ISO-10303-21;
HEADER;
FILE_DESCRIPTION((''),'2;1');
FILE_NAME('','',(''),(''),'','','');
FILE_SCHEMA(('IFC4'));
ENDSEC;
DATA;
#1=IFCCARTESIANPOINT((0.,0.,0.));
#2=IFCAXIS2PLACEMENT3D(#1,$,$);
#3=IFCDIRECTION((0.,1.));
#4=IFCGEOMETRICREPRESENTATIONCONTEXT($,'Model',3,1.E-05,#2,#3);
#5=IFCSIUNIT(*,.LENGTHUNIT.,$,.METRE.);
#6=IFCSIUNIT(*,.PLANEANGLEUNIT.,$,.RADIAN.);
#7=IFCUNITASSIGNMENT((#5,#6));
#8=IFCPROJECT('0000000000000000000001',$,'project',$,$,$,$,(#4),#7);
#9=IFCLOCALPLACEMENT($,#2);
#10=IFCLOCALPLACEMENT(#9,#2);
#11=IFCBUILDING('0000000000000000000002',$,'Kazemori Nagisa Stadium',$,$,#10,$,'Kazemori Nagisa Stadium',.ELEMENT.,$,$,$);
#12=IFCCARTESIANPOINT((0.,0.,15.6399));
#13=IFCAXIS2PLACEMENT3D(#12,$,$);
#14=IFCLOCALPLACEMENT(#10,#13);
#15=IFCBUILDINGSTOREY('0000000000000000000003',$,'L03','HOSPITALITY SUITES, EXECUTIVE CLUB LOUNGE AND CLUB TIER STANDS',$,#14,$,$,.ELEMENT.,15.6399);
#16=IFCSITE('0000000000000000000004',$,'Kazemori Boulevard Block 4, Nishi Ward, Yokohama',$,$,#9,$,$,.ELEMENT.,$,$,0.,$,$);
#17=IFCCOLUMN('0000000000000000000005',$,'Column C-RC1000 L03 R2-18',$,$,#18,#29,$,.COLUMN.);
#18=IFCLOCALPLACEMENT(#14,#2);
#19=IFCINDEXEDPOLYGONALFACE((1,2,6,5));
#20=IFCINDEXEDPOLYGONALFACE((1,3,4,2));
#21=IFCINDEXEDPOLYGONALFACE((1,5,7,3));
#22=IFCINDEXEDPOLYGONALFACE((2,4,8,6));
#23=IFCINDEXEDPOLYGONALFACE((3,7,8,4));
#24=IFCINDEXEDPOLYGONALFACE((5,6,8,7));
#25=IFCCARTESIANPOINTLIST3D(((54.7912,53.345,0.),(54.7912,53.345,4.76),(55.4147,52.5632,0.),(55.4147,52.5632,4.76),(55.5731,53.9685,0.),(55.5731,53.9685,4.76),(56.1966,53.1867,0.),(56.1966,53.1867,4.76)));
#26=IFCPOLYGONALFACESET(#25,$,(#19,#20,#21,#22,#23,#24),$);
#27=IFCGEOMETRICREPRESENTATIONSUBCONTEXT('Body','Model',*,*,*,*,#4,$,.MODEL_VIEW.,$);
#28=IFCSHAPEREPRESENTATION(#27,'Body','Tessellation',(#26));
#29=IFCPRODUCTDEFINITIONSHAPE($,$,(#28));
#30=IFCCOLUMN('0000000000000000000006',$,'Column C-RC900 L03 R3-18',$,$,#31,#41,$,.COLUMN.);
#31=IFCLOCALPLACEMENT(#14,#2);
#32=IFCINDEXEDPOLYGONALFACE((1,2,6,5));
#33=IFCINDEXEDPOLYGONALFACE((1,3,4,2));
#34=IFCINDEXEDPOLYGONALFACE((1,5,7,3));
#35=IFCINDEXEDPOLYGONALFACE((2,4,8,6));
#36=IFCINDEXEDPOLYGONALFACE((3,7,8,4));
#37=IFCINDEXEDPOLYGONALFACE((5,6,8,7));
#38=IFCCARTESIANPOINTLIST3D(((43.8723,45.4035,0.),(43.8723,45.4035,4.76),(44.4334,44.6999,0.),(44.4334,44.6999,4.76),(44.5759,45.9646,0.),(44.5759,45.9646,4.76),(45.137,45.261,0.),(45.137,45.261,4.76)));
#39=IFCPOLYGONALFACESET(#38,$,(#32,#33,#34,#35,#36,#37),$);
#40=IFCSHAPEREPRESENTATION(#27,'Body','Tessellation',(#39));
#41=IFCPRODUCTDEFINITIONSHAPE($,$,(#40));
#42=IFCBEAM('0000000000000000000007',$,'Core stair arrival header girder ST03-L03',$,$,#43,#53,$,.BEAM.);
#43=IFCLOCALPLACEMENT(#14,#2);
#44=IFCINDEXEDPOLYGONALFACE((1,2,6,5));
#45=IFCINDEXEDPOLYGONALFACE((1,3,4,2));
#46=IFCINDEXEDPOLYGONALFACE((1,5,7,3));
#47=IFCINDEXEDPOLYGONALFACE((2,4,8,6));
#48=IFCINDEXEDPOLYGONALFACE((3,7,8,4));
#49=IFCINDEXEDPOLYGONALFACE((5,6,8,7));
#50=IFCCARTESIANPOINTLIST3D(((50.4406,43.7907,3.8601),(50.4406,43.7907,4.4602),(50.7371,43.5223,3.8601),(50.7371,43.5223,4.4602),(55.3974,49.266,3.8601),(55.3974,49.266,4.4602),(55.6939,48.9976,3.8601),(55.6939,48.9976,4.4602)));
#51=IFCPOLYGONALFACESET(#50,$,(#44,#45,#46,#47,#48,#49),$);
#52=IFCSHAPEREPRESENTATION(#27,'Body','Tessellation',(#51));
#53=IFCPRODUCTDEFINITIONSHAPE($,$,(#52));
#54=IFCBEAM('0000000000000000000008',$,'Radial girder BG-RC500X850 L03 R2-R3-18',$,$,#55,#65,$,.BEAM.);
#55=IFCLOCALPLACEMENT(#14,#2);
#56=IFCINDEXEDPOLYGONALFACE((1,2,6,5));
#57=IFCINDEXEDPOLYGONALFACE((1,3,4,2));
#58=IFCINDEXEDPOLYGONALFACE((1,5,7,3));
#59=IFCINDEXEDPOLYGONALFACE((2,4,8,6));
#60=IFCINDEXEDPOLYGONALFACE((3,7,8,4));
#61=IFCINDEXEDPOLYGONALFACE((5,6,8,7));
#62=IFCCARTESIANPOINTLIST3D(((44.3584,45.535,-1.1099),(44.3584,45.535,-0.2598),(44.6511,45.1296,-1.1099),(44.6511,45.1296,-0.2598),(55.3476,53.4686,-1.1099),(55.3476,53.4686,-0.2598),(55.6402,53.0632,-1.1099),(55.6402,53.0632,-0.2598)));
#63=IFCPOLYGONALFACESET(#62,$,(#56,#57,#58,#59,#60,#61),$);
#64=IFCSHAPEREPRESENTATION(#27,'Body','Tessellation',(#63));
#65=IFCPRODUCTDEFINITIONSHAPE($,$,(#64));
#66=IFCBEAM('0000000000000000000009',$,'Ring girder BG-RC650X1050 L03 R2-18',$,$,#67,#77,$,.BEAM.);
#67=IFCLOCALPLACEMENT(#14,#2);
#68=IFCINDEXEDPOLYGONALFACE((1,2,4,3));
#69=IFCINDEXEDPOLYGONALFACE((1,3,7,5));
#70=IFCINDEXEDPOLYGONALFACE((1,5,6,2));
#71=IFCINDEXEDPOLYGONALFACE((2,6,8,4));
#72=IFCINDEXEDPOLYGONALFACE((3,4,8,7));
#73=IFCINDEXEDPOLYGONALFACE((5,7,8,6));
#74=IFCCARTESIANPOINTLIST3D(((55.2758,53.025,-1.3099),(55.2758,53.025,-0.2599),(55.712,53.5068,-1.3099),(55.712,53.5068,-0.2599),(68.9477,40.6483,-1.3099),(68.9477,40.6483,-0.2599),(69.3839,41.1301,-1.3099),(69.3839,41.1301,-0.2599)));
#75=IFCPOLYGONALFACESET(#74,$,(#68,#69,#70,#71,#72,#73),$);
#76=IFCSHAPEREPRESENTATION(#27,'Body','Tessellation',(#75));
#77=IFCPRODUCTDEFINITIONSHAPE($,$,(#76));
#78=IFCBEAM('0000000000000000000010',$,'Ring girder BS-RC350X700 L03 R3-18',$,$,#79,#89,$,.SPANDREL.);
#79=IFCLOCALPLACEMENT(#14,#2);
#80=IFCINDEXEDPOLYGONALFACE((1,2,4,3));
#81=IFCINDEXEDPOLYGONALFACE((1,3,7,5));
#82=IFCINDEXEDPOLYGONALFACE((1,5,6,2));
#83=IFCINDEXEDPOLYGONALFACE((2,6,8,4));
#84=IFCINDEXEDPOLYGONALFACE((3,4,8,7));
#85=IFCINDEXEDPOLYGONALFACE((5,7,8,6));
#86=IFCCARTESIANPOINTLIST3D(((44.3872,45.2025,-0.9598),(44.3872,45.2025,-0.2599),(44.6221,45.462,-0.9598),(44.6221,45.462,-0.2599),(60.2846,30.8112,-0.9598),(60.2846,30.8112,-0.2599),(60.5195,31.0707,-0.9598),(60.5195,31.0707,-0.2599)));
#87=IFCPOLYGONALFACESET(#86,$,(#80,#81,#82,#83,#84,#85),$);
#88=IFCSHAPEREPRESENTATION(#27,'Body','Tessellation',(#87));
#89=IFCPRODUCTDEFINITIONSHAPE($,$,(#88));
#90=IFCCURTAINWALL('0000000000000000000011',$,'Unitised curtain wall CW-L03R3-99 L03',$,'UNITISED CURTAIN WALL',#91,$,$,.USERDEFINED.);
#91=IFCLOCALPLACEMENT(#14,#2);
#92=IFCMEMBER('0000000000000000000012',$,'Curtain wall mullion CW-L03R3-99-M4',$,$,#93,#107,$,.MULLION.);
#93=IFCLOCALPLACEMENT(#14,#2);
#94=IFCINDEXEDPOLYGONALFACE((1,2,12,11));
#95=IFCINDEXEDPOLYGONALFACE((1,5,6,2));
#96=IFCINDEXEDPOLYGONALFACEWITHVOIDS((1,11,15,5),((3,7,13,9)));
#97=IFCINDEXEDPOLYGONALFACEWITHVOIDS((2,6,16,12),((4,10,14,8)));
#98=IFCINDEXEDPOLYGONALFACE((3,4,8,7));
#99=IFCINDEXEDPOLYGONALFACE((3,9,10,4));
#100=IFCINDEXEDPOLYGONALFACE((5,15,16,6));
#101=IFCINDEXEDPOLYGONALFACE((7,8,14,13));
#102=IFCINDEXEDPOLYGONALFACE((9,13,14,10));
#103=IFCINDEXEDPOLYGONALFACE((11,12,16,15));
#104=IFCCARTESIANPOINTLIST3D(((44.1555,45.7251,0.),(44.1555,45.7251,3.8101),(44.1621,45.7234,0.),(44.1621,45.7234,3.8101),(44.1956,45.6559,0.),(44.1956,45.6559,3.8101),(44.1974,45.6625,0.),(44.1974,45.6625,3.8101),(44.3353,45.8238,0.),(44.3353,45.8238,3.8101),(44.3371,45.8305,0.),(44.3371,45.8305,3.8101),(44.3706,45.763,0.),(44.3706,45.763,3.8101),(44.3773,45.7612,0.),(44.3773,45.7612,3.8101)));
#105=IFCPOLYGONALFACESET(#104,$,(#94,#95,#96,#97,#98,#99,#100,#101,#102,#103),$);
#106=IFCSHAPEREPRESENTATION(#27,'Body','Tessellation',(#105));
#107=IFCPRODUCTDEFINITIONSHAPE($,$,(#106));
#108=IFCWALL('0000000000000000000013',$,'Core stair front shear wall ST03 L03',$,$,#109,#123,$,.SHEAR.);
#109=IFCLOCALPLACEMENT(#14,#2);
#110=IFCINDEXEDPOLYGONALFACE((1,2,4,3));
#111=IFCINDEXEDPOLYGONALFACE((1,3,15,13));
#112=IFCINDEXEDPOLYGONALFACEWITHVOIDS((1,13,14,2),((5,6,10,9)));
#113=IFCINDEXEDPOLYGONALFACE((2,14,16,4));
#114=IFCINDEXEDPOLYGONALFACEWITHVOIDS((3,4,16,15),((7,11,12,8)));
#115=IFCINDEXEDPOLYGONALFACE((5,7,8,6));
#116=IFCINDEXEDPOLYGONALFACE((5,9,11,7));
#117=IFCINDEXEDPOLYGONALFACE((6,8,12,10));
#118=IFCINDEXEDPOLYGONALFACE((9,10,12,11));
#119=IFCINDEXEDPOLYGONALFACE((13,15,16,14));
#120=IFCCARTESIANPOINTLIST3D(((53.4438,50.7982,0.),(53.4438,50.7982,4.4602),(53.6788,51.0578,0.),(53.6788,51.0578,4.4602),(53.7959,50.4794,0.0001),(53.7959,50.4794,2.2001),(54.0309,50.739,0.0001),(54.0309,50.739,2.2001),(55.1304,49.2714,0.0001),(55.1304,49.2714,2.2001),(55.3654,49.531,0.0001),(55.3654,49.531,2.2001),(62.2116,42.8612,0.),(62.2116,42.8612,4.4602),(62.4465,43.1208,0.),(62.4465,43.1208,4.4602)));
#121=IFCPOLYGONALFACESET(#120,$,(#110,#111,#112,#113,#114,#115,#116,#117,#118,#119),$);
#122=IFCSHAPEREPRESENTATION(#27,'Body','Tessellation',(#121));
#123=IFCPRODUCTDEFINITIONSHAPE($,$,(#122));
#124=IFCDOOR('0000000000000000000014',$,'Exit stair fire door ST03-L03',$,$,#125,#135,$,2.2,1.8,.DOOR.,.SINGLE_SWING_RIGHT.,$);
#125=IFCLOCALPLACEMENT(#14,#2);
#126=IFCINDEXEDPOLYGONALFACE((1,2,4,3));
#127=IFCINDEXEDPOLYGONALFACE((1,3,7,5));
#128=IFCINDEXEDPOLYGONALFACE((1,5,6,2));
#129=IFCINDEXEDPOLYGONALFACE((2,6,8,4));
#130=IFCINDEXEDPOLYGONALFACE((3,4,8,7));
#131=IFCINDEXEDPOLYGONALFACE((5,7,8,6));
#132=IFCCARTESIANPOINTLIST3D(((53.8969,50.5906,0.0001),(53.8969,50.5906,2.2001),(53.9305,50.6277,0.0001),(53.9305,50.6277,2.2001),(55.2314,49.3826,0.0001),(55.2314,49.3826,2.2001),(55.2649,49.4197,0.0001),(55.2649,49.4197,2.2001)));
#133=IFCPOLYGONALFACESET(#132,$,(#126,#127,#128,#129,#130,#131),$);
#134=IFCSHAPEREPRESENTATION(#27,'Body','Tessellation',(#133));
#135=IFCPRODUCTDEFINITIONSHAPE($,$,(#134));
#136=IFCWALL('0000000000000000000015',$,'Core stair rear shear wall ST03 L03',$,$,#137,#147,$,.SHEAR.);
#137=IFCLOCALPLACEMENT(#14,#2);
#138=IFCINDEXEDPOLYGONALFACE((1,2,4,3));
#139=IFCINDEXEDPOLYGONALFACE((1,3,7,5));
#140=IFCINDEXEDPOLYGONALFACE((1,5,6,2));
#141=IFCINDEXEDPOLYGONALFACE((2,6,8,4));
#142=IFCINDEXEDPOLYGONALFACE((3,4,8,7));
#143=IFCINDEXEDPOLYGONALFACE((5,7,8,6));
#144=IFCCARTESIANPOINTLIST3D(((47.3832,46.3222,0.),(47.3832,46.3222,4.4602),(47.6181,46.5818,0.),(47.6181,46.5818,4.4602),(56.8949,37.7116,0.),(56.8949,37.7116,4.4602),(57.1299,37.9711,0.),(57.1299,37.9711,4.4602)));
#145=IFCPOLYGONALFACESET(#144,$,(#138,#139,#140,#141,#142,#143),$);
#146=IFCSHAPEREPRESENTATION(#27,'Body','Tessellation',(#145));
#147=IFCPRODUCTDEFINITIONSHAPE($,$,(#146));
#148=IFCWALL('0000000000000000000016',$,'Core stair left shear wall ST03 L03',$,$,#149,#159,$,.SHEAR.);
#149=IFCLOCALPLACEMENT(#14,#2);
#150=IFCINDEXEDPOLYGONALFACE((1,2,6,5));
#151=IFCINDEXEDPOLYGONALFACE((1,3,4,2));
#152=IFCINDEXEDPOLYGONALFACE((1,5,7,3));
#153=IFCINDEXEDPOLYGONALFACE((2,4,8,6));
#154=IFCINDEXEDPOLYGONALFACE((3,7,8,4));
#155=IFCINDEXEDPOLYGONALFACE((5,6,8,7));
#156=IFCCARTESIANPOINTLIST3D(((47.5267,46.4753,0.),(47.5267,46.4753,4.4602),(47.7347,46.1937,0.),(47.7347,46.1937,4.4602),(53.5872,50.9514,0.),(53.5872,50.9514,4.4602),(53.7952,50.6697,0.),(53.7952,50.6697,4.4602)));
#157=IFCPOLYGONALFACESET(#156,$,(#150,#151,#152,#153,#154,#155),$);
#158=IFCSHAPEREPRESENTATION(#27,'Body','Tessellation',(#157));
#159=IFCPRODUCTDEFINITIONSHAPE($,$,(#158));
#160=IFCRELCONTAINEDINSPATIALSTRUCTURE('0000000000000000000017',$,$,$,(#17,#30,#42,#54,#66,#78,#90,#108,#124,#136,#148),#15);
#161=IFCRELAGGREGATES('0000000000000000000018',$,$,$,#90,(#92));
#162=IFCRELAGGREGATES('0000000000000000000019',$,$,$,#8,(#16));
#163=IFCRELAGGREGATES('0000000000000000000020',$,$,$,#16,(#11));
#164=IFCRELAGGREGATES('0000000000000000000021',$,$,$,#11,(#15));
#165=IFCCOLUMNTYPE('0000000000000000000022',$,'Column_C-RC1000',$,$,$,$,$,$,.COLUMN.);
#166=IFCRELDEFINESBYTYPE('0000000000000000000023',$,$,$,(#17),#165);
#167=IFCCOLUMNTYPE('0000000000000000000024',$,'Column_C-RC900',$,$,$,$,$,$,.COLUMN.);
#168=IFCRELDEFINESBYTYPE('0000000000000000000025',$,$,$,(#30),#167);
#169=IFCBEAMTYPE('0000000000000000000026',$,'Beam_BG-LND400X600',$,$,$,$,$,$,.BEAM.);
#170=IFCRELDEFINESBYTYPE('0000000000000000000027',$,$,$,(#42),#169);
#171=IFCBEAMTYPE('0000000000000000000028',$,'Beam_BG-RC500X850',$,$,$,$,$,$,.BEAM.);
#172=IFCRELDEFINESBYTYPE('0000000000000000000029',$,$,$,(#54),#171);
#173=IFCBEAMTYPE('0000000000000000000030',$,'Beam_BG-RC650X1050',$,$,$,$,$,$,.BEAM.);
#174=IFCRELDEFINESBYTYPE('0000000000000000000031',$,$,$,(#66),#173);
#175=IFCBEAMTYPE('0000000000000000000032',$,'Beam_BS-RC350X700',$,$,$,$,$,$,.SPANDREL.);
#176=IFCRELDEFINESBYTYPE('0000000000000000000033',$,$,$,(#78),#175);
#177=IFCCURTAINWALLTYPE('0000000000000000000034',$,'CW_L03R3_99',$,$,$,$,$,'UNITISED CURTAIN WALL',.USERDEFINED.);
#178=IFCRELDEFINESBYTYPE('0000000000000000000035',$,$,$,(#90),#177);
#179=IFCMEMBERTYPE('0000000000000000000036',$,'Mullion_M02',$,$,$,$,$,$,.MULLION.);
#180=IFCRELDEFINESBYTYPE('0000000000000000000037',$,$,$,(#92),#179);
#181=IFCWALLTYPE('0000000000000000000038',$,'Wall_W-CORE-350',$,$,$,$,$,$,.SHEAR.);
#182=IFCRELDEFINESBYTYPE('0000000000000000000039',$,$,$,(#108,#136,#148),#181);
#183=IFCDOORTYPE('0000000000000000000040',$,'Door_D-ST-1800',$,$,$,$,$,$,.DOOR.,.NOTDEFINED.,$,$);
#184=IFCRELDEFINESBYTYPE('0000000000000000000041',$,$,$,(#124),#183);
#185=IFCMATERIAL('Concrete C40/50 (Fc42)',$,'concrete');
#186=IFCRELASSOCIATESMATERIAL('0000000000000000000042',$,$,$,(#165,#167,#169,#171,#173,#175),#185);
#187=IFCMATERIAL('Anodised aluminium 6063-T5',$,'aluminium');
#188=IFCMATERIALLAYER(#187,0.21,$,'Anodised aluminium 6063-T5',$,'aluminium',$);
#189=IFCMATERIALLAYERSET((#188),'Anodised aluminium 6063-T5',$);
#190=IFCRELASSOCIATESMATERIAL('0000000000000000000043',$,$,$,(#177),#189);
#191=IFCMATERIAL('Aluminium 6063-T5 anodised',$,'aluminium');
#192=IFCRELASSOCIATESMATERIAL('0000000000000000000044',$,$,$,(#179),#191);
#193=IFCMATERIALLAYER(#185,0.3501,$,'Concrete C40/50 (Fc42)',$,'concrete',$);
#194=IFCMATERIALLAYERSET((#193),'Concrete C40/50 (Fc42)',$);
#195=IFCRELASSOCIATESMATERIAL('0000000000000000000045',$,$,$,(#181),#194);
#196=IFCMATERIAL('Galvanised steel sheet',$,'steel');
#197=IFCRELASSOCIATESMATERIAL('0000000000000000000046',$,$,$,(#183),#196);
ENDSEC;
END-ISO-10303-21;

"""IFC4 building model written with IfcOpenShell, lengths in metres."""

from ifc_helpers import new_model, si_unit, direction, frame, frame_2d, origin, origin_2d, place, context, subcontext, project, spatial, rectangle, hollow_rectangle, extrude, material, layer, layer_set, material_profile, profile_set, type_object, element, fill, aggregate, save


model = new_model("IFC4")

# Units and contexts
model_context = context("Model", 3, precision=1e-05, world=origin(), true_north=direction((0.0, 1.0)))
body_context = subcontext(model_context, "Body", "Model", "MODEL_VIEW")
ifc_project = project(units=[si_unit("LENGTHUNIT", "METRE"), si_unit("PLANEANGLEUNIT", "RADIAN")], contexts=[model_context])

# Site, building, storey
site_placement = place(None, origin())
site = spatial("IfcSite", under=ifc_project, at=site_placement, Name="Kazemori Boulevard Block 4, Nishi Ward, Yokohama", CompositionType="ELEMENT", RefElevation=0.0)
building_placement = place(site_placement, origin())
building = spatial("IfcBuilding", under=site, at=building_placement, Name="Kazemori Nagisa Stadium", LongName="Kazemori Nagisa Stadium", CompositionType="ELEMENT")
storey_placement = place(building_placement, frame((0.0, 0.0, 15.6399)))
storey = spatial("IfcBuildingStorey", under=building, at=storey_placement, Name="L03", Description="HOSPITALITY SUITES, EXECUTIVE CLUB LOUNGE AND CLUB TIER STANDS", CompositionType="ELEMENT", Elevation=15.6399)

# Columns
ifc_material_1 = material(Name="Concrete C40/50 (Fc42)", Category="concrete")
ifc_material_profile_1 = material_profile(ifc_material_1, rectangle(XDim=1.0, YDim=1.0, at=origin_2d()), Name="RC-COL-1000x1000")
ifc_profile_set_1 = profile_set([ifc_material_profile_1], Name="Concrete C40/50 (Fc42)")
column_type_1 = type_object("IfcColumnType", Name="Column_C-RC1000", PredefinedType="COLUMN", material=ifc_profile_set_1)
column_1_placement = place(storey_placement, frame((55.4939, 53.2659, 0.0), z_axis=(0.0, 0.0, 1.0), x_axis=(-0.781831, -0.62349, 0.0)))
element("IfcColumn", 1, at=column_1_placement, inside=storey, type_object=column_type_1, Name="Column C-RC1000 L03 R2-18", PredefinedType="COLUMN", context=body_context, shape_type="SweptSolid", body=[
    extrude(rectangle(XDim=1.0, YDim=1.0, at=origin_2d()), origin(), (0.0, 0.0, 1.0), 4.76),
])
ifc_material_profile_2 = material_profile(ifc_material_1, rectangle(XDim=0.8999, YDim=0.8999, at=origin_2d()), Name="RC-COL-900x900")
ifc_profile_set_2 = profile_set([ifc_material_profile_2], Name="Concrete C40/50 (Fc42)")
column_type_2 = type_object("IfcColumnType", Name="Column_C-RC900", PredefinedType="COLUMN", material=ifc_profile_set_2)
column_2_placement = place(storey_placement, frame((44.5046, 45.3323, 0.0), z_axis=(0.0, 0.0, 1.0), x_axis=(-0.781831, -0.62349, 0.0)))
element("IfcColumn", 2, at=column_2_placement, inside=storey, type_object=column_type_2, Name="Column C-RC900 L03 R3-18", PredefinedType="COLUMN", context=body_context, shape_type="SweptSolid", body=[
    extrude(rectangle(XDim=0.8999, YDim=0.8999, at=origin_2d()), origin(), (0.0, 0.0, 1.0), 4.76),
])

# Beams
ifc_material_profile_3 = material_profile(ifc_material_1, rectangle(XDim=0.3999, YDim=0.6001, at=origin_2d()), Name="RC-BM-400x600")
ifc_profile_set_3 = profile_set([ifc_material_profile_3], Name="Concrete C40/50 (Fc42)")
beam_type_1 = type_object("IfcBeamType", Name="Beam_BG-LND400X600", PredefinedType="BEAM", material=ifc_profile_set_3)
beam_1_placement = place(storey_placement, frame((55.5457, 49.1318, 4.1602), z_axis=(-0.67113, -0.74134, 0.0), x_axis=(0.74134, -0.67113, 0.0)))
element("IfcBeam", 3, at=beam_1_placement, inside=storey, type_object=beam_type_1, Name="Core stair arrival header girder ST03-L03", PredefinedType="BEAM", context=body_context, shape_type="SweptSolid", body=[
    extrude(rectangle(XDim=0.3999, YDim=0.6001, at=origin_2d()), origin(), (0.0, 0.0, 1.0), 7.3857),
])
ifc_material_profile_4 = material_profile(ifc_material_1, rectangle(XDim=0.5, YDim=0.8501, at=origin_2d()), Name="RC-BM-500x850")
ifc_profile_set_4 = profile_set([ifc_material_profile_4], Name="Concrete C40/50 (Fc42)")
beam_type_2 = type_object("IfcBeamType", Name="Beam_BG-RC500X850", PredefinedType="BEAM", material=ifc_profile_set_4)
beam_2_placement = place(storey_placement, frame((55.4939, 53.2659, -0.6848), z_axis=(-0.810788, -0.585341, 0.0), x_axis=(0.585341, -0.810788, 0.0)))
element("IfcBeam", 4, at=beam_2_placement, inside=storey, type_object=beam_type_2, Name="Radial girder BG-RC500X850 L03 R2-R3-18", PredefinedType="BEAM", context=body_context, shape_type="SweptSolid", body=[
    extrude(rectangle(XDim=0.5, YDim=0.8501, at=origin_2d()), origin(), (0.0, 0.0, 1.0), 13.5537),
])
ifc_material_profile_5 = material_profile(ifc_material_1, rectangle(XDim=0.6499, YDim=1.05, at=origin_2d()), Name="RC-BM-650x1050")
ifc_profile_set_5 = profile_set([ifc_material_profile_5], Name="Concrete C40/50 (Fc42)")
beam_type_3 = type_object("IfcBeamType", Name="Beam_BG-RC650X1050", PredefinedType="BEAM", material=ifc_profile_set_5)
beam_3_placement = place(storey_placement, frame((55.4939, 53.2659, -0.7849), z_axis=(0.741349, -0.67112, 0.0), x_axis=(0.67112, 0.741349, 0.0)))
element("IfcBeam", 5, at=beam_3_placement, inside=storey, type_object=beam_type_3, Name="Ring girder BG-RC650X1050 L03 R2-18", PredefinedType="BEAM", context=body_context, shape_type="SweptSolid", body=[
    extrude(rectangle(XDim=0.6499, YDim=1.05, at=origin_2d()), origin(), (0.0, 0.0, 1.0), 18.4419),
])
ifc_material_profile_6 = material_profile(ifc_material_1, rectangle(XDim=0.3501, YDim=0.7, at=origin_2d()), Name="RC-SP-350x700")
ifc_profile_set_6 = profile_set([ifc_material_profile_6], Name="Concrete C40/50 (Fc42)")
beam_type_4 = type_object("IfcBeamType", Name="Beam_BS-RC350X700", PredefinedType="SPANDREL", material=ifc_profile_set_6)
beam_4_placement = place(storey_placement, frame((44.5046, 45.3323, -0.6099), z_axis=(0.741352, -0.671117, 0.0), x_axis=(0.671117, 0.741352, 0.0)))
element("IfcBeam", 6, at=beam_4_placement, inside=storey, type_object=beam_type_4, Name="Ring girder BS-RC350X700 L03 R3-18", PredefinedType="SPANDREL", context=body_context, shape_type="SweptSolid", body=[
    extrude(rectangle(XDim=0.3501, YDim=0.7, at=origin_2d()), origin(), (0.0, 0.0, 1.0), 21.4438),
])

# Curtain wall, member
ifc_material_2 = material(Name="Anodised aluminium 6063-T5", Category="aluminium")
ifc_layer_1 = layer(ifc_material_2, 0.21, Name="Anodised aluminium 6063-T5", Category="aluminium")
ifc_layer_set_1 = layer_set([ifc_layer_1], Name="Anodised aluminium 6063-T5")
curtain_wall_type = type_object("IfcCurtainWallType", Name="CW_L03R3_99", ElementType="UNITISED CURTAIN WALL", PredefinedType="USERDEFINED", material=ifc_layer_set_1)
curtain_wall_placement = place(storey_placement, origin())
curtain_wall = element("IfcCurtainWall", 7, at=curtain_wall_placement, inside=storey, type_object=curtain_wall_type, Name="Unitised curtain wall CW-L03R3-99 L03", ObjectType="UNITISED CURTAIN WALL", PredefinedType="USERDEFINED")
ifc_material_3 = material(Name="Aluminium 6063-T5 anodised", Category="aluminium")
ifc_material_profile_7 = material_profile(ifc_material_3, hollow_rectangle(XDim=0.0801, YDim=0.21, WallThickness=0.0049, at=origin_2d()), Name="ALU-MULL-80x210x5")
ifc_profile_set_7 = profile_set([ifc_material_profile_7], Name="Aluminium 6063-T5 anodised")
member_type = type_object("IfcMemberType", Name="Mullion_M02", PredefinedType="MULLION", material=ifc_profile_set_7)
member_placement = place(storey_placement, frame((44.2664, 45.7432, 0.0), z_axis=(0.0, 0.0, 1.0), x_axis=(0.501612, -0.865093, 0.0)))
member = element("IfcMember", 8, at=member_placement, type_object=member_type, Name="Curtain wall mullion CW-L03R3-99-M4", PredefinedType="MULLION", context=body_context, shape_type="SweptSolid", body=[
    extrude(hollow_rectangle(XDim=0.0801, YDim=0.21, WallThickness=0.0049, at=origin_2d()), origin(), (0.0, 0.0, 1.0), 3.8101),
])
aggregate(curtain_wall, [member])

# Wall, opening, door
ifc_layer_2 = layer(ifc_material_1, 0.3501, Name="Concrete C40/50 (Fc42)", Category="concrete")
ifc_layer_set_2 = layer_set([ifc_layer_2], Name="Concrete C40/50 (Fc42)")
wall_type_1 = type_object("IfcWallType", Name="Wall_W-CORE-350", PredefinedType="SHEAR", material=ifc_layer_set_2)
wall_1_placement = place(storey_placement, frame((53.5613, 50.928, 0.0), z_axis=(0.0, 0.0, 1.0), x_axis=(0.741358, -0.67111, 0.0)))
wall_1 = element("IfcWall", 9, at=wall_1_placement, inside=storey, type_object=wall_type_1, Name="Core stair front shear wall ST03 L03", PredefinedType="SHEAR", context=body_context, shape_type="SweptSolid", body=[
    extrude(rectangle(XDim=11.8267, YDim=0.3501, at=frame_2d((5.9133, 0.0))), origin(), (0.0, 0.0, 1.0), 4.4602),
])
opening_1_placement = place(wall_1_placement, frame((0.4751, 0.0, 0.0)))
opening_1 = element("IfcOpeningElement", 10, at=opening_1_placement, cuts=wall_1, PredefinedType="OPENING", context=body_context, shape_type="SweptSolid", body=[
    extrude(rectangle(XDim=1.8, YDim=2.2, at=frame_2d((0.8999, 1.1001))), frame((0.0, 0.1851, 0.0), z_axis=(0.0, -1.0, 0.0), x_axis=(1.0, 0.0, 0.0)), (0.0, 0.0, 1.0), 0.3701),
])
ifc_material_4 = material(Name="Galvanised steel sheet", Category="steel")
door_type_1 = type_object("IfcDoorType", Name="Door_D-ST-1800", OperationType="NOTDEFINED", PredefinedType="DOOR", material=ifc_material_4)
door_1_placement = place(opening_1_placement, frame((1.8, 0.0, 0.0), z_axis=(0.0, 0.0, 1.0), x_axis=(-1.0, 0.0, 0.0)))
door_1 = element("IfcDoor", 11, at=door_1_placement, inside=storey, type_object=door_type_1, Name="Exit stair fire door ST03-L03", OperationType="SINGLE_SWING_RIGHT", OverallHeight=2.2, OverallWidth=1.8, PredefinedType="DOOR", context=body_context, shape_type="SweptSolid", body=[
    extrude(rectangle(XDim=1.8, YDim=2.2, at=frame_2d((0.8999, 1.1001))), frame((0.0, 0.0249, 0.0), z_axis=(0.0, -1.0, 0.0), x_axis=(1.0, 0.0, 0.0)), (0.0, 0.0, 1.0), 0.05),
])
fill(opening_1, door_1)

# Walls
wall_2_placement = place(storey_placement, frame((47.5007, 46.4519, 0.0), z_axis=(0.0, 0.0, 1.0), x_axis=(0.741351, -0.671117, 0.0)))
element("IfcWall", 12, at=wall_2_placement, inside=storey, type_object=wall_type_1, Name="Core stair rear shear wall ST03 L03", PredefinedType="SHEAR", context=body_context, shape_type="SweptSolid", body=[
    extrude(rectangle(XDim=12.8303, YDim=0.3501, at=frame_2d((6.415, 0.0))), origin(), (0.0, 0.0, 1.0), 4.4602),
])
wall_3_placement = place(storey_placement, frame((53.6912, 50.8105, 0.0), z_axis=(0.0, 0.0, 1.0), x_axis=(-0.804396, -0.594094, 0.0)))
element("IfcWall", 13, at=wall_3_placement, inside=storey, type_object=wall_type_1, Name="Core stair left shear wall ST03 L03", PredefinedType="SHEAR", context=body_context, shape_type="SweptSolid", body=[
    extrude(rectangle(XDim=7.5342, YDim=0.3501, at=frame_2d((3.7671, 0.0))), origin(), (0.0, 0.0, 1.0), 4.4602),
])

save(model, "model.ifc")
